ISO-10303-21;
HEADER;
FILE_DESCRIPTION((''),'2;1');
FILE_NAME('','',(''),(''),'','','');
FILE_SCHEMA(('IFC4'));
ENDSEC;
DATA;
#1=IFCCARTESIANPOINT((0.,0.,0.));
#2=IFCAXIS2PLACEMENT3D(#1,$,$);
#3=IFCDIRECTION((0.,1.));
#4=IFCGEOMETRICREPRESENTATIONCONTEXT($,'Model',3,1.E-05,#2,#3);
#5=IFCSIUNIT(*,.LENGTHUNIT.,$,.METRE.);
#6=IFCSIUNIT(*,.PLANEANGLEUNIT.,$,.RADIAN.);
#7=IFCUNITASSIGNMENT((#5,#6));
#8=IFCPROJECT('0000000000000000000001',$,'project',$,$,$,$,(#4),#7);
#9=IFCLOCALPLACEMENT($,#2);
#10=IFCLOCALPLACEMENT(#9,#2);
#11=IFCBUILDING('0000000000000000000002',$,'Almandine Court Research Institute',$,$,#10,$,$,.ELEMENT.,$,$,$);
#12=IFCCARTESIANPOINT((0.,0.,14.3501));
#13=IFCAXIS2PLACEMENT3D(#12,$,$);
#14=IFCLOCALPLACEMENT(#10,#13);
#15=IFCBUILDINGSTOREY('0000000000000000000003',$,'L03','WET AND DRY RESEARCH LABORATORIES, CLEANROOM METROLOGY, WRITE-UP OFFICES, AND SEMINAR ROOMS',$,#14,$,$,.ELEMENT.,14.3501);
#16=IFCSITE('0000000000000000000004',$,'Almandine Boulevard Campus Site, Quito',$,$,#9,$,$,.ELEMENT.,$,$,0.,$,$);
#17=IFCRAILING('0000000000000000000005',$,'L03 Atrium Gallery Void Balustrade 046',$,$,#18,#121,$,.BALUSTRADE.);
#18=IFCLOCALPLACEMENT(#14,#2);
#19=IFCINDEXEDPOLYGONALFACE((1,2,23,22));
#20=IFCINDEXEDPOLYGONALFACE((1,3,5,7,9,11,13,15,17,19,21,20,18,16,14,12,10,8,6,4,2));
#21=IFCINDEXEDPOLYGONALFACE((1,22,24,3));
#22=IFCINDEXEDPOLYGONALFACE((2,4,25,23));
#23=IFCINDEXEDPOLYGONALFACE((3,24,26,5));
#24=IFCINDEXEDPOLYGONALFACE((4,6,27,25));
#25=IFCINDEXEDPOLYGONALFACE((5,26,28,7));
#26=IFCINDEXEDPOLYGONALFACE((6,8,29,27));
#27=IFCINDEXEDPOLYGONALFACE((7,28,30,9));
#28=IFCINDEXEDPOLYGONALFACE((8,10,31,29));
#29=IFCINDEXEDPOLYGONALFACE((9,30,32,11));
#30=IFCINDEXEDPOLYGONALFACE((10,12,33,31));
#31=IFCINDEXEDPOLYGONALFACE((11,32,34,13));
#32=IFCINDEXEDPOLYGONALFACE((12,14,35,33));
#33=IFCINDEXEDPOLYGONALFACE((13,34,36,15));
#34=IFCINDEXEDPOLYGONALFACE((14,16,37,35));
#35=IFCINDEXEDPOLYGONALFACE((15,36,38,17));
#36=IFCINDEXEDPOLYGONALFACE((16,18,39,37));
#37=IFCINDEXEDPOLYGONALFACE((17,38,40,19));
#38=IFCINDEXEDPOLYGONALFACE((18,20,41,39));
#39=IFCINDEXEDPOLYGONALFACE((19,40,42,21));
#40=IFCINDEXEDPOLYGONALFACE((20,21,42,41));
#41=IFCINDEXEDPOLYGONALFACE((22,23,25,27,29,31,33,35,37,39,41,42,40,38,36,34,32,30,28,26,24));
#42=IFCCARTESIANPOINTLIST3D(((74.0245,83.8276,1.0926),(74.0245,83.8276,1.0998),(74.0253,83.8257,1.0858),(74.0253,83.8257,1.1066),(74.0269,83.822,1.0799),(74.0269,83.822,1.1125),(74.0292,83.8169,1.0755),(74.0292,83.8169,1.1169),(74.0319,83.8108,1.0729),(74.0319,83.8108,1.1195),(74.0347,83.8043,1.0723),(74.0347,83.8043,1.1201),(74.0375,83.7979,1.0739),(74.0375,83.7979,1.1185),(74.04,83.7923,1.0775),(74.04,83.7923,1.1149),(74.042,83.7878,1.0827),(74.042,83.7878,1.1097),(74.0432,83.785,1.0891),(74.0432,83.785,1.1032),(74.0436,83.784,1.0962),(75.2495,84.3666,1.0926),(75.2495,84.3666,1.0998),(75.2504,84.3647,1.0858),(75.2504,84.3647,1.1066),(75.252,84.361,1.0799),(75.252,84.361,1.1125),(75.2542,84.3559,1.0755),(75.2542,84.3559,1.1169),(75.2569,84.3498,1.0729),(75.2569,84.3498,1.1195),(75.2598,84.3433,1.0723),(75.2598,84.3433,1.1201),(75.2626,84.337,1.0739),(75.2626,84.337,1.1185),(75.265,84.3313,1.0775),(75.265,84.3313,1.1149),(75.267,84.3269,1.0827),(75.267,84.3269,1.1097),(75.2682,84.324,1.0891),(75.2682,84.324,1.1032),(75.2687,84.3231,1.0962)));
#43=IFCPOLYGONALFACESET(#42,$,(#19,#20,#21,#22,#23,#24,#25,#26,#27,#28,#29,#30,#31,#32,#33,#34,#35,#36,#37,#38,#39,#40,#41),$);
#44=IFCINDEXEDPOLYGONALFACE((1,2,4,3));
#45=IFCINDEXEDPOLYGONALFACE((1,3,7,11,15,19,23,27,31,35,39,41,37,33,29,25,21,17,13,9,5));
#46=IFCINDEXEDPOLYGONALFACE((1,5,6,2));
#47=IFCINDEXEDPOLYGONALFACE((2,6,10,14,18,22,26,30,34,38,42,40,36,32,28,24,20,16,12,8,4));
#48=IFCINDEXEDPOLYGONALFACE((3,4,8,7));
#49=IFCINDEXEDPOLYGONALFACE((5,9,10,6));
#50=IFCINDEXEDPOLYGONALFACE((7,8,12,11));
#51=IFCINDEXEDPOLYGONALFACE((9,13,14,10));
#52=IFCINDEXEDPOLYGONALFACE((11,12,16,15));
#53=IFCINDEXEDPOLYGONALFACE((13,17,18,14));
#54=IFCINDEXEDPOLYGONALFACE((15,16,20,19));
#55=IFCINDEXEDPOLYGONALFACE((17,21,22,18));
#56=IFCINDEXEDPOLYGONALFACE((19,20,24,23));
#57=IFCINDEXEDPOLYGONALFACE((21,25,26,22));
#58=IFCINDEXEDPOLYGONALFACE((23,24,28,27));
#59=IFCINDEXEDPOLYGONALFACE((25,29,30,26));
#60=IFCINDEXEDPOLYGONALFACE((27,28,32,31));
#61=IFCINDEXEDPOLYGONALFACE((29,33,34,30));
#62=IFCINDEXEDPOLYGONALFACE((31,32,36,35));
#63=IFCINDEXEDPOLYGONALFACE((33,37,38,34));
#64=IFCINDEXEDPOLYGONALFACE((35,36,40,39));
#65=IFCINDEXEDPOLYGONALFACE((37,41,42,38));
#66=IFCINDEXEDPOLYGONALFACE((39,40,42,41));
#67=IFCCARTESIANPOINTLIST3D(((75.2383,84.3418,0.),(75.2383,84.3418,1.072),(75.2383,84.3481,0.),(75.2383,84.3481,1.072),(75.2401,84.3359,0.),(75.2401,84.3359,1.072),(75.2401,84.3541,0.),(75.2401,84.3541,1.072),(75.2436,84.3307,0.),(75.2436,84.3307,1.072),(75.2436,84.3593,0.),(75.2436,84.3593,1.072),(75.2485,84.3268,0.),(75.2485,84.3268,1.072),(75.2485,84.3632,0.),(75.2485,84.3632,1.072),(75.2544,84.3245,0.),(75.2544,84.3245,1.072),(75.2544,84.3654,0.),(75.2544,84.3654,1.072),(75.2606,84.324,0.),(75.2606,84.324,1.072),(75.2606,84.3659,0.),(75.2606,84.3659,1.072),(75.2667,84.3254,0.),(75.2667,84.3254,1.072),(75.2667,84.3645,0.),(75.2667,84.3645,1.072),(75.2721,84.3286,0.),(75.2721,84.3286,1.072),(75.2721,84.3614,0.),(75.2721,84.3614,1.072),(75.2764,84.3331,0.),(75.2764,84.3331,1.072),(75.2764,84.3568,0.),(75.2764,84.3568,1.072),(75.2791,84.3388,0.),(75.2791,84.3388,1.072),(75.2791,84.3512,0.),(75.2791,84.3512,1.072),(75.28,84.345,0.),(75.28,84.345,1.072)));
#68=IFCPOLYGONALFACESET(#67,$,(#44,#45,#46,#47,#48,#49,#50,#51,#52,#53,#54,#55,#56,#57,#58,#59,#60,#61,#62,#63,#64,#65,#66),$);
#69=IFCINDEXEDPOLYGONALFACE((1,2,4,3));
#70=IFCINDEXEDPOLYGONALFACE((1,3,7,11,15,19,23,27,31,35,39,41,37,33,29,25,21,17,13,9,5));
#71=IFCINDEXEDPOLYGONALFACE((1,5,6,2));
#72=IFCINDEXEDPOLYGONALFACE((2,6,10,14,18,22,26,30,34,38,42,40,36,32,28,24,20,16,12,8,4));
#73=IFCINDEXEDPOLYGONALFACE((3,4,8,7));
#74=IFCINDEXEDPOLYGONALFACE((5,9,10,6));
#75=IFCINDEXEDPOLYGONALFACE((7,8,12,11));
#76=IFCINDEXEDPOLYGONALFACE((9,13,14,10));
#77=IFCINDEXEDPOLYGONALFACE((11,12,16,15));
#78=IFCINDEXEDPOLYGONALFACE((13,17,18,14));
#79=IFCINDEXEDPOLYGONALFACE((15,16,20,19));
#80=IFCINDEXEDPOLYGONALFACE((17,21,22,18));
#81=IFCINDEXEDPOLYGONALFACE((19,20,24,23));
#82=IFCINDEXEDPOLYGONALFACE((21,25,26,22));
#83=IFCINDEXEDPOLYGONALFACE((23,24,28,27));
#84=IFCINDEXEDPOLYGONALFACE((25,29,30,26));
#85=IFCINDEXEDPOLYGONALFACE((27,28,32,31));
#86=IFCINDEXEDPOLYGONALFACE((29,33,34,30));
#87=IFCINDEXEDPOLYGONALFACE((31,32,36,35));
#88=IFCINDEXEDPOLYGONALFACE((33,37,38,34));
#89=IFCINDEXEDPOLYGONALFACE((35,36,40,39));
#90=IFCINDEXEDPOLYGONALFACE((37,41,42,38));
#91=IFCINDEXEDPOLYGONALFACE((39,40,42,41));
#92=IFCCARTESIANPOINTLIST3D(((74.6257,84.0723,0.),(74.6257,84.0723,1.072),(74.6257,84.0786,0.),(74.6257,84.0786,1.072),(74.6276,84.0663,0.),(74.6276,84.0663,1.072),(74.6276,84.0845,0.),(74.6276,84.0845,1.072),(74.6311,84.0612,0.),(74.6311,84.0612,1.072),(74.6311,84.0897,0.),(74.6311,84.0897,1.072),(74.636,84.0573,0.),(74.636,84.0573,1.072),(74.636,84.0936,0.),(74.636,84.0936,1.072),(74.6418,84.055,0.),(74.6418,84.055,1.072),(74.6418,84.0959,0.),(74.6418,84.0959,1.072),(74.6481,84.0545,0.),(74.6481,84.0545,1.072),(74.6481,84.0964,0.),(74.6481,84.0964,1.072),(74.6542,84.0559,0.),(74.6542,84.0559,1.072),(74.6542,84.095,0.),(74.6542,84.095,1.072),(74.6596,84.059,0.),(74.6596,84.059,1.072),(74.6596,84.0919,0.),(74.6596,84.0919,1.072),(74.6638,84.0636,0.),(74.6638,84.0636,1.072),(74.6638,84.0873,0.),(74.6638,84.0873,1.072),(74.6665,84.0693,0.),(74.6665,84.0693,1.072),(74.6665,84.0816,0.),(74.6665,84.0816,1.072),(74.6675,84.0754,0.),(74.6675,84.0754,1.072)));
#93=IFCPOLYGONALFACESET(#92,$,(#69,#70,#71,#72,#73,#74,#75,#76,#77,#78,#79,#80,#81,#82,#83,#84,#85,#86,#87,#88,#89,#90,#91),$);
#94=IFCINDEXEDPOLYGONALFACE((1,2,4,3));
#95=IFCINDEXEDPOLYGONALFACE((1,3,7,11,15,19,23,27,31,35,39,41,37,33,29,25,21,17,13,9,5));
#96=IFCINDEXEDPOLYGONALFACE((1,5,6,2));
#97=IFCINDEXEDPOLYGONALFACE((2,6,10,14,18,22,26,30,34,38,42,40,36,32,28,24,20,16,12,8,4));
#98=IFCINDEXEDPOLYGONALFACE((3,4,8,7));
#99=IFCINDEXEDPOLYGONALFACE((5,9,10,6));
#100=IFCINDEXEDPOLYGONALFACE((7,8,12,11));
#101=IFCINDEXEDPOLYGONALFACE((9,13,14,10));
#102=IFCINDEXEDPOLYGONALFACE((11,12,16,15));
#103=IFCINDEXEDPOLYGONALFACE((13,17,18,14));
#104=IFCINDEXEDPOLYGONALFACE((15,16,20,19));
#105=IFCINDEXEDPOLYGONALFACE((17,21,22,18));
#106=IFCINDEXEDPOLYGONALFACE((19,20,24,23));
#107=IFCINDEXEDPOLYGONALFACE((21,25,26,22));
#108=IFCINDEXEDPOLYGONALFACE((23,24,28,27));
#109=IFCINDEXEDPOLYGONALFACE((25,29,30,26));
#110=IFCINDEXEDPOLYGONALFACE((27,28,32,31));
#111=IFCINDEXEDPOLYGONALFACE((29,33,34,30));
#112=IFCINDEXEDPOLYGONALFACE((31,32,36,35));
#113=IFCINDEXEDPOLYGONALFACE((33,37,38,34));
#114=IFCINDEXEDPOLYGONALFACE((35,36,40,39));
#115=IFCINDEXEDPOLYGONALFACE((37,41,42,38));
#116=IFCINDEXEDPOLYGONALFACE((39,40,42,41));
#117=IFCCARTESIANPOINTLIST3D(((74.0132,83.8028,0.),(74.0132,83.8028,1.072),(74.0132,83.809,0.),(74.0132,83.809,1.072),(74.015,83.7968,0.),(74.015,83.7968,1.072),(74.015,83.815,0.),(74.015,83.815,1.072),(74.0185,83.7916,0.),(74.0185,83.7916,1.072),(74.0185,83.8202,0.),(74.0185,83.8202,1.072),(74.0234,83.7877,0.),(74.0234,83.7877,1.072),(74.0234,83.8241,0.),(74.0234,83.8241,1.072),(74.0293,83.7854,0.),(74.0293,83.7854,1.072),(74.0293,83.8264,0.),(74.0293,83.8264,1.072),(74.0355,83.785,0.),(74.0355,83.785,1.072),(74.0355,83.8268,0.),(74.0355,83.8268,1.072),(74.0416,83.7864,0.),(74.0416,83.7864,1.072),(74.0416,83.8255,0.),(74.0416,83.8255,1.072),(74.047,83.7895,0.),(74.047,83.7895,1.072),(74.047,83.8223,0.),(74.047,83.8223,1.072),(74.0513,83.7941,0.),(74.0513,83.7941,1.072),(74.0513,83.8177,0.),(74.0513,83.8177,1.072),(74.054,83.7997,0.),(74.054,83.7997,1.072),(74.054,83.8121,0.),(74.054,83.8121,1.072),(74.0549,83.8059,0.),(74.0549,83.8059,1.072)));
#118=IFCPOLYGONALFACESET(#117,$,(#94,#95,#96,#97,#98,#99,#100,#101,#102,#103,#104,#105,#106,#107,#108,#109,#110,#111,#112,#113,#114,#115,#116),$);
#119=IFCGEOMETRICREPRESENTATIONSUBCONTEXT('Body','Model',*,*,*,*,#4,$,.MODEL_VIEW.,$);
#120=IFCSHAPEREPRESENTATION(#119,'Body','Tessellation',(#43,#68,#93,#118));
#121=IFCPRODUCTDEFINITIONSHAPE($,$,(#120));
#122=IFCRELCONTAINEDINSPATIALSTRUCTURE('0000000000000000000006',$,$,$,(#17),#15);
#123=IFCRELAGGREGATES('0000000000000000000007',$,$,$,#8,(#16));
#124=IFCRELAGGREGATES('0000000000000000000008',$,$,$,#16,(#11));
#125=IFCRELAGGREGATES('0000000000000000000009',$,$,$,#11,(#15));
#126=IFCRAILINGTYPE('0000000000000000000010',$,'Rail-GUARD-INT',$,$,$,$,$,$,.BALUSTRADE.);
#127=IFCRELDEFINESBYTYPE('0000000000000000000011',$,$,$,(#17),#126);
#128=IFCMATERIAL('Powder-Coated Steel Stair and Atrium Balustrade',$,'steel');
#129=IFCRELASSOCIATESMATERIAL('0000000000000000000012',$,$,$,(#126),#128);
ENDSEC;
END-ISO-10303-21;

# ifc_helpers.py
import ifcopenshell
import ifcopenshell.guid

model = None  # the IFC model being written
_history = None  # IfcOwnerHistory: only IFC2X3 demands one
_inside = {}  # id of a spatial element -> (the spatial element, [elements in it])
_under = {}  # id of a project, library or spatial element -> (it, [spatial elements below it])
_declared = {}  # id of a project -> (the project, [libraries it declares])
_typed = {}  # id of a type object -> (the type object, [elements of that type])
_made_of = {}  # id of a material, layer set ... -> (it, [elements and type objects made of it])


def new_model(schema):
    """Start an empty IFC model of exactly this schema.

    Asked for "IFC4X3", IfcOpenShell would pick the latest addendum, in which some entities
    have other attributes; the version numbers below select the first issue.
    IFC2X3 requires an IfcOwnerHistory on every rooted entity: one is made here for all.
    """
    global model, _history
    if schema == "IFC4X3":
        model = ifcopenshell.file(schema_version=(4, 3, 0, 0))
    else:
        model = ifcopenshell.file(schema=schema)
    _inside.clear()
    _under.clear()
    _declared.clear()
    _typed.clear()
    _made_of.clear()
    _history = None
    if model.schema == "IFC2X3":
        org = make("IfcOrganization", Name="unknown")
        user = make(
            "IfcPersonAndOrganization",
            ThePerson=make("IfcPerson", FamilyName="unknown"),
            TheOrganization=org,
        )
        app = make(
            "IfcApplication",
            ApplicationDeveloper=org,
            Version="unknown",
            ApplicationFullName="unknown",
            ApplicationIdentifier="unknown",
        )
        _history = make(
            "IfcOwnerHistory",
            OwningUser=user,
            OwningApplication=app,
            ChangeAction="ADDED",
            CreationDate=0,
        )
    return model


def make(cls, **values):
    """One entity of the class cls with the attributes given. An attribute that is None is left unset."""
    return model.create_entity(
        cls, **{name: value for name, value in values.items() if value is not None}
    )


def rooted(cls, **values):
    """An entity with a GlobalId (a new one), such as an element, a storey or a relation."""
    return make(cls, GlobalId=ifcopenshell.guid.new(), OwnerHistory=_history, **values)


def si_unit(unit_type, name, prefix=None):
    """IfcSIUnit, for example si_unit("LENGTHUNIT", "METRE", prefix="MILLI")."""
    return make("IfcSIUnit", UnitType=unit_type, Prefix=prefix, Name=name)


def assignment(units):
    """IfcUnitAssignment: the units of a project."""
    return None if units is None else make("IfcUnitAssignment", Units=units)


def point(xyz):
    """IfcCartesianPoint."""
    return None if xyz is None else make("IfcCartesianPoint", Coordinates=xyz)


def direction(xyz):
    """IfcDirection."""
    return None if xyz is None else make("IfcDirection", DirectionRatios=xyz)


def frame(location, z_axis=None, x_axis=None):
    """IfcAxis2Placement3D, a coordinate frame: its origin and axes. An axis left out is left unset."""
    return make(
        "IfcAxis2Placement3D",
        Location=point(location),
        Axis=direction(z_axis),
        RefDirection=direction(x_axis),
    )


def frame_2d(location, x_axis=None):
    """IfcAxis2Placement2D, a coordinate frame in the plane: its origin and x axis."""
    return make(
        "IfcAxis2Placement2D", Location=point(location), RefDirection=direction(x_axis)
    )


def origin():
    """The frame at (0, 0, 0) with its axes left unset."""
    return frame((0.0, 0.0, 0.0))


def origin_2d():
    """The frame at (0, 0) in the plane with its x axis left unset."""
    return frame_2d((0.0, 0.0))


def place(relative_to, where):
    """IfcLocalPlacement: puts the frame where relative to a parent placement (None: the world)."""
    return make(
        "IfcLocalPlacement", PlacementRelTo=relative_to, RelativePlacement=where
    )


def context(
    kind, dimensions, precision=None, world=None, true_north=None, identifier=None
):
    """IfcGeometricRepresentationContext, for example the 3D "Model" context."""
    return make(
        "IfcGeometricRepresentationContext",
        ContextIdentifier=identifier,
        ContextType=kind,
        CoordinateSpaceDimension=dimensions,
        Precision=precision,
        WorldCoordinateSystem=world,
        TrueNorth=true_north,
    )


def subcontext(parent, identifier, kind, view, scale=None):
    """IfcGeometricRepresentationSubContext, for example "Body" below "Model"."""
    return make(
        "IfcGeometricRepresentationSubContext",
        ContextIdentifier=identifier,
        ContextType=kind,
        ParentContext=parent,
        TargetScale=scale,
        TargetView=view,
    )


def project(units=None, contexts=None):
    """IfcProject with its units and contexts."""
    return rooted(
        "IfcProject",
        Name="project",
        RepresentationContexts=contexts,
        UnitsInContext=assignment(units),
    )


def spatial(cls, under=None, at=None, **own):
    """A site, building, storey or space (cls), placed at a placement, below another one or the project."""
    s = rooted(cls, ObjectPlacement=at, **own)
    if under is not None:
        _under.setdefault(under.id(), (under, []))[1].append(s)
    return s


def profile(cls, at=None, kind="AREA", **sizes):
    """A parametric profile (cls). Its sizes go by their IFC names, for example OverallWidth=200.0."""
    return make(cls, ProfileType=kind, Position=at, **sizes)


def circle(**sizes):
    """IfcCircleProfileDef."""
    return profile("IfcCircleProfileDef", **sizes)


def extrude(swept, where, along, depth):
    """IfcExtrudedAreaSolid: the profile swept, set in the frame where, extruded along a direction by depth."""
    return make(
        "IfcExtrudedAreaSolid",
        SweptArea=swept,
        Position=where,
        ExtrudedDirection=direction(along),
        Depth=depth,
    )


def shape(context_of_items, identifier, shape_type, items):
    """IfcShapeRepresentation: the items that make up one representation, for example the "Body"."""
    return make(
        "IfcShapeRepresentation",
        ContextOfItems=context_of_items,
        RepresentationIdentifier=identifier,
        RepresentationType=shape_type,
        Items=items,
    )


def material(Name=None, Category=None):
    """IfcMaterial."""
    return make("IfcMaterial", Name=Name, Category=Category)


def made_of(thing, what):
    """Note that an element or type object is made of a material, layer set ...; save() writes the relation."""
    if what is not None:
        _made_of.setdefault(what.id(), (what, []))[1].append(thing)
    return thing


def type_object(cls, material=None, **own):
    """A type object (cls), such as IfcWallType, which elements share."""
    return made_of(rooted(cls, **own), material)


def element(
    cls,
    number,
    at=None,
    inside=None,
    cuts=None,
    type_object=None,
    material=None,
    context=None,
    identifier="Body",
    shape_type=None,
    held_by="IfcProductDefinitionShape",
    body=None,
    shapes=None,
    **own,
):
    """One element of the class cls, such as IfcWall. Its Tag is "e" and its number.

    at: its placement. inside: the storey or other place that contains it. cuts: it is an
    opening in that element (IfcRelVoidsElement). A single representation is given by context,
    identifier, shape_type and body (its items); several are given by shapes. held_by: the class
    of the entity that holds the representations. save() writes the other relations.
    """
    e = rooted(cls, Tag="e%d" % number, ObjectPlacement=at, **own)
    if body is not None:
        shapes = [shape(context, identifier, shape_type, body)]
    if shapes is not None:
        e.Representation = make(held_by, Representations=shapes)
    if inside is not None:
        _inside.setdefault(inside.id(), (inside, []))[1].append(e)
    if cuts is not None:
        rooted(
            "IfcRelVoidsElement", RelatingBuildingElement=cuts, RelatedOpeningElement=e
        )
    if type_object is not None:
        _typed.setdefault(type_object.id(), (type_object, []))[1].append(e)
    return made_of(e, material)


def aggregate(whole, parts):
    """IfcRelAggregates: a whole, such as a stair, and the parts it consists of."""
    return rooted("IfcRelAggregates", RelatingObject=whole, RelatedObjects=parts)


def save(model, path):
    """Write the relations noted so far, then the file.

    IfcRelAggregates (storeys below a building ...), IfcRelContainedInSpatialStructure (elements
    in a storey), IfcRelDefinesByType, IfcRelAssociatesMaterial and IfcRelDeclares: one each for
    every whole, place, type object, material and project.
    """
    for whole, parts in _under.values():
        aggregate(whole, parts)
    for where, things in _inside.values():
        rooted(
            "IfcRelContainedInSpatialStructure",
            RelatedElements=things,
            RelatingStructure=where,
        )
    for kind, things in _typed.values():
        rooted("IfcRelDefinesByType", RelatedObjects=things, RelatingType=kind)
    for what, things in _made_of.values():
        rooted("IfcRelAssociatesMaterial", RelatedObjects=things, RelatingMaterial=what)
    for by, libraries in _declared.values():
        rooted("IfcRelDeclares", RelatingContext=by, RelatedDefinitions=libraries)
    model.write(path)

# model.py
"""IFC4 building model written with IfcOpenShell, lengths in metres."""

from ifc_helpers import new_model, si_unit, direction, frame, origin, origin_2d, place, context, subcontext, project, spatial, circle, extrude, material, type_object, element, save


model = new_model("IFC4")

# Units and contexts
model_context = context("Model", 3, precision=1e-05, world=origin(), true_north=direction((0.0, 1.0)))
body_context = subcontext(model_context, "Body", "Model", "MODEL_VIEW")
ifc_project = project(units=[si_unit("LENGTHUNIT", "METRE"), si_unit("PLANEANGLEUNIT", "RADIAN")], contexts=[model_context])

# Site, building, storey
site_placement = place(None, origin())
site = spatial("IfcSite", under=ifc_project, at=site_placement, Name="Almandine Boulevard Campus Site, Quito", CompositionType="ELEMENT", RefElevation=0.0)
building_placement = place(site_placement, origin())
building = spatial("IfcBuilding", under=site, at=building_placement, Name="Almandine Court Research Institute", CompositionType="ELEMENT")
storey_placement = place(building_placement, frame((0.0, 0.0, 14.3501)))
storey = spatial("IfcBuildingStorey", under=building, at=storey_placement, Name="L03", Description="WET AND DRY RESEARCH LABORATORIES, CLEANROOM METROLOGY, WRITE-UP OFFICES, AND SEMINAR ROOMS", CompositionType="ELEMENT", Elevation=14.3501)

# Railing
ifc_material_1 = material(Name="Powder-Coated Steel Stair and Atrium Balustrade", Category="steel")
railing_type = type_object("IfcRailingType", Name="Rail-GUARD-INT", PredefinedType="BALUSTRADE", material=ifc_material_1)
railing_1_placement = place(storey_placement, frame((75.259, 84.345, 0.0)))
element("IfcRailing", 1, at=railing_1_placement, inside=storey, type_object=railing_type, Name="L03 Atrium Gallery Void Balustrade 046", PredefinedType="BALUSTRADE", context=body_context, shape_type="SweptSolid", body=[
    extrude(circle(Radius=0.0239, at=origin_2d()), frame((0.0, 0.0, 1.0962), z_axis=(-0.91531, -0.402751, 0.0), x_axis=(0.402751, -0.91531, 0.0)), (0.0, 0.0, 1.0), 1.3384),
    extrude(circle(Radius=0.021, at=origin_2d()), origin(), (0.0, 0.0, 1.0), 1.072),
    extrude(circle(Radius=0.021, at=origin_2d()), frame((-0.6125, -0.2695, 0.0)), (0.0, 0.0, 1.0), 1.072),
    extrude(circle(Radius=0.021, at=origin_2d()), frame((-1.2251, -0.5391, 0.0)), (0.0, 0.0, 1.0), 1.072),
])

save(model, "model.ifc")
